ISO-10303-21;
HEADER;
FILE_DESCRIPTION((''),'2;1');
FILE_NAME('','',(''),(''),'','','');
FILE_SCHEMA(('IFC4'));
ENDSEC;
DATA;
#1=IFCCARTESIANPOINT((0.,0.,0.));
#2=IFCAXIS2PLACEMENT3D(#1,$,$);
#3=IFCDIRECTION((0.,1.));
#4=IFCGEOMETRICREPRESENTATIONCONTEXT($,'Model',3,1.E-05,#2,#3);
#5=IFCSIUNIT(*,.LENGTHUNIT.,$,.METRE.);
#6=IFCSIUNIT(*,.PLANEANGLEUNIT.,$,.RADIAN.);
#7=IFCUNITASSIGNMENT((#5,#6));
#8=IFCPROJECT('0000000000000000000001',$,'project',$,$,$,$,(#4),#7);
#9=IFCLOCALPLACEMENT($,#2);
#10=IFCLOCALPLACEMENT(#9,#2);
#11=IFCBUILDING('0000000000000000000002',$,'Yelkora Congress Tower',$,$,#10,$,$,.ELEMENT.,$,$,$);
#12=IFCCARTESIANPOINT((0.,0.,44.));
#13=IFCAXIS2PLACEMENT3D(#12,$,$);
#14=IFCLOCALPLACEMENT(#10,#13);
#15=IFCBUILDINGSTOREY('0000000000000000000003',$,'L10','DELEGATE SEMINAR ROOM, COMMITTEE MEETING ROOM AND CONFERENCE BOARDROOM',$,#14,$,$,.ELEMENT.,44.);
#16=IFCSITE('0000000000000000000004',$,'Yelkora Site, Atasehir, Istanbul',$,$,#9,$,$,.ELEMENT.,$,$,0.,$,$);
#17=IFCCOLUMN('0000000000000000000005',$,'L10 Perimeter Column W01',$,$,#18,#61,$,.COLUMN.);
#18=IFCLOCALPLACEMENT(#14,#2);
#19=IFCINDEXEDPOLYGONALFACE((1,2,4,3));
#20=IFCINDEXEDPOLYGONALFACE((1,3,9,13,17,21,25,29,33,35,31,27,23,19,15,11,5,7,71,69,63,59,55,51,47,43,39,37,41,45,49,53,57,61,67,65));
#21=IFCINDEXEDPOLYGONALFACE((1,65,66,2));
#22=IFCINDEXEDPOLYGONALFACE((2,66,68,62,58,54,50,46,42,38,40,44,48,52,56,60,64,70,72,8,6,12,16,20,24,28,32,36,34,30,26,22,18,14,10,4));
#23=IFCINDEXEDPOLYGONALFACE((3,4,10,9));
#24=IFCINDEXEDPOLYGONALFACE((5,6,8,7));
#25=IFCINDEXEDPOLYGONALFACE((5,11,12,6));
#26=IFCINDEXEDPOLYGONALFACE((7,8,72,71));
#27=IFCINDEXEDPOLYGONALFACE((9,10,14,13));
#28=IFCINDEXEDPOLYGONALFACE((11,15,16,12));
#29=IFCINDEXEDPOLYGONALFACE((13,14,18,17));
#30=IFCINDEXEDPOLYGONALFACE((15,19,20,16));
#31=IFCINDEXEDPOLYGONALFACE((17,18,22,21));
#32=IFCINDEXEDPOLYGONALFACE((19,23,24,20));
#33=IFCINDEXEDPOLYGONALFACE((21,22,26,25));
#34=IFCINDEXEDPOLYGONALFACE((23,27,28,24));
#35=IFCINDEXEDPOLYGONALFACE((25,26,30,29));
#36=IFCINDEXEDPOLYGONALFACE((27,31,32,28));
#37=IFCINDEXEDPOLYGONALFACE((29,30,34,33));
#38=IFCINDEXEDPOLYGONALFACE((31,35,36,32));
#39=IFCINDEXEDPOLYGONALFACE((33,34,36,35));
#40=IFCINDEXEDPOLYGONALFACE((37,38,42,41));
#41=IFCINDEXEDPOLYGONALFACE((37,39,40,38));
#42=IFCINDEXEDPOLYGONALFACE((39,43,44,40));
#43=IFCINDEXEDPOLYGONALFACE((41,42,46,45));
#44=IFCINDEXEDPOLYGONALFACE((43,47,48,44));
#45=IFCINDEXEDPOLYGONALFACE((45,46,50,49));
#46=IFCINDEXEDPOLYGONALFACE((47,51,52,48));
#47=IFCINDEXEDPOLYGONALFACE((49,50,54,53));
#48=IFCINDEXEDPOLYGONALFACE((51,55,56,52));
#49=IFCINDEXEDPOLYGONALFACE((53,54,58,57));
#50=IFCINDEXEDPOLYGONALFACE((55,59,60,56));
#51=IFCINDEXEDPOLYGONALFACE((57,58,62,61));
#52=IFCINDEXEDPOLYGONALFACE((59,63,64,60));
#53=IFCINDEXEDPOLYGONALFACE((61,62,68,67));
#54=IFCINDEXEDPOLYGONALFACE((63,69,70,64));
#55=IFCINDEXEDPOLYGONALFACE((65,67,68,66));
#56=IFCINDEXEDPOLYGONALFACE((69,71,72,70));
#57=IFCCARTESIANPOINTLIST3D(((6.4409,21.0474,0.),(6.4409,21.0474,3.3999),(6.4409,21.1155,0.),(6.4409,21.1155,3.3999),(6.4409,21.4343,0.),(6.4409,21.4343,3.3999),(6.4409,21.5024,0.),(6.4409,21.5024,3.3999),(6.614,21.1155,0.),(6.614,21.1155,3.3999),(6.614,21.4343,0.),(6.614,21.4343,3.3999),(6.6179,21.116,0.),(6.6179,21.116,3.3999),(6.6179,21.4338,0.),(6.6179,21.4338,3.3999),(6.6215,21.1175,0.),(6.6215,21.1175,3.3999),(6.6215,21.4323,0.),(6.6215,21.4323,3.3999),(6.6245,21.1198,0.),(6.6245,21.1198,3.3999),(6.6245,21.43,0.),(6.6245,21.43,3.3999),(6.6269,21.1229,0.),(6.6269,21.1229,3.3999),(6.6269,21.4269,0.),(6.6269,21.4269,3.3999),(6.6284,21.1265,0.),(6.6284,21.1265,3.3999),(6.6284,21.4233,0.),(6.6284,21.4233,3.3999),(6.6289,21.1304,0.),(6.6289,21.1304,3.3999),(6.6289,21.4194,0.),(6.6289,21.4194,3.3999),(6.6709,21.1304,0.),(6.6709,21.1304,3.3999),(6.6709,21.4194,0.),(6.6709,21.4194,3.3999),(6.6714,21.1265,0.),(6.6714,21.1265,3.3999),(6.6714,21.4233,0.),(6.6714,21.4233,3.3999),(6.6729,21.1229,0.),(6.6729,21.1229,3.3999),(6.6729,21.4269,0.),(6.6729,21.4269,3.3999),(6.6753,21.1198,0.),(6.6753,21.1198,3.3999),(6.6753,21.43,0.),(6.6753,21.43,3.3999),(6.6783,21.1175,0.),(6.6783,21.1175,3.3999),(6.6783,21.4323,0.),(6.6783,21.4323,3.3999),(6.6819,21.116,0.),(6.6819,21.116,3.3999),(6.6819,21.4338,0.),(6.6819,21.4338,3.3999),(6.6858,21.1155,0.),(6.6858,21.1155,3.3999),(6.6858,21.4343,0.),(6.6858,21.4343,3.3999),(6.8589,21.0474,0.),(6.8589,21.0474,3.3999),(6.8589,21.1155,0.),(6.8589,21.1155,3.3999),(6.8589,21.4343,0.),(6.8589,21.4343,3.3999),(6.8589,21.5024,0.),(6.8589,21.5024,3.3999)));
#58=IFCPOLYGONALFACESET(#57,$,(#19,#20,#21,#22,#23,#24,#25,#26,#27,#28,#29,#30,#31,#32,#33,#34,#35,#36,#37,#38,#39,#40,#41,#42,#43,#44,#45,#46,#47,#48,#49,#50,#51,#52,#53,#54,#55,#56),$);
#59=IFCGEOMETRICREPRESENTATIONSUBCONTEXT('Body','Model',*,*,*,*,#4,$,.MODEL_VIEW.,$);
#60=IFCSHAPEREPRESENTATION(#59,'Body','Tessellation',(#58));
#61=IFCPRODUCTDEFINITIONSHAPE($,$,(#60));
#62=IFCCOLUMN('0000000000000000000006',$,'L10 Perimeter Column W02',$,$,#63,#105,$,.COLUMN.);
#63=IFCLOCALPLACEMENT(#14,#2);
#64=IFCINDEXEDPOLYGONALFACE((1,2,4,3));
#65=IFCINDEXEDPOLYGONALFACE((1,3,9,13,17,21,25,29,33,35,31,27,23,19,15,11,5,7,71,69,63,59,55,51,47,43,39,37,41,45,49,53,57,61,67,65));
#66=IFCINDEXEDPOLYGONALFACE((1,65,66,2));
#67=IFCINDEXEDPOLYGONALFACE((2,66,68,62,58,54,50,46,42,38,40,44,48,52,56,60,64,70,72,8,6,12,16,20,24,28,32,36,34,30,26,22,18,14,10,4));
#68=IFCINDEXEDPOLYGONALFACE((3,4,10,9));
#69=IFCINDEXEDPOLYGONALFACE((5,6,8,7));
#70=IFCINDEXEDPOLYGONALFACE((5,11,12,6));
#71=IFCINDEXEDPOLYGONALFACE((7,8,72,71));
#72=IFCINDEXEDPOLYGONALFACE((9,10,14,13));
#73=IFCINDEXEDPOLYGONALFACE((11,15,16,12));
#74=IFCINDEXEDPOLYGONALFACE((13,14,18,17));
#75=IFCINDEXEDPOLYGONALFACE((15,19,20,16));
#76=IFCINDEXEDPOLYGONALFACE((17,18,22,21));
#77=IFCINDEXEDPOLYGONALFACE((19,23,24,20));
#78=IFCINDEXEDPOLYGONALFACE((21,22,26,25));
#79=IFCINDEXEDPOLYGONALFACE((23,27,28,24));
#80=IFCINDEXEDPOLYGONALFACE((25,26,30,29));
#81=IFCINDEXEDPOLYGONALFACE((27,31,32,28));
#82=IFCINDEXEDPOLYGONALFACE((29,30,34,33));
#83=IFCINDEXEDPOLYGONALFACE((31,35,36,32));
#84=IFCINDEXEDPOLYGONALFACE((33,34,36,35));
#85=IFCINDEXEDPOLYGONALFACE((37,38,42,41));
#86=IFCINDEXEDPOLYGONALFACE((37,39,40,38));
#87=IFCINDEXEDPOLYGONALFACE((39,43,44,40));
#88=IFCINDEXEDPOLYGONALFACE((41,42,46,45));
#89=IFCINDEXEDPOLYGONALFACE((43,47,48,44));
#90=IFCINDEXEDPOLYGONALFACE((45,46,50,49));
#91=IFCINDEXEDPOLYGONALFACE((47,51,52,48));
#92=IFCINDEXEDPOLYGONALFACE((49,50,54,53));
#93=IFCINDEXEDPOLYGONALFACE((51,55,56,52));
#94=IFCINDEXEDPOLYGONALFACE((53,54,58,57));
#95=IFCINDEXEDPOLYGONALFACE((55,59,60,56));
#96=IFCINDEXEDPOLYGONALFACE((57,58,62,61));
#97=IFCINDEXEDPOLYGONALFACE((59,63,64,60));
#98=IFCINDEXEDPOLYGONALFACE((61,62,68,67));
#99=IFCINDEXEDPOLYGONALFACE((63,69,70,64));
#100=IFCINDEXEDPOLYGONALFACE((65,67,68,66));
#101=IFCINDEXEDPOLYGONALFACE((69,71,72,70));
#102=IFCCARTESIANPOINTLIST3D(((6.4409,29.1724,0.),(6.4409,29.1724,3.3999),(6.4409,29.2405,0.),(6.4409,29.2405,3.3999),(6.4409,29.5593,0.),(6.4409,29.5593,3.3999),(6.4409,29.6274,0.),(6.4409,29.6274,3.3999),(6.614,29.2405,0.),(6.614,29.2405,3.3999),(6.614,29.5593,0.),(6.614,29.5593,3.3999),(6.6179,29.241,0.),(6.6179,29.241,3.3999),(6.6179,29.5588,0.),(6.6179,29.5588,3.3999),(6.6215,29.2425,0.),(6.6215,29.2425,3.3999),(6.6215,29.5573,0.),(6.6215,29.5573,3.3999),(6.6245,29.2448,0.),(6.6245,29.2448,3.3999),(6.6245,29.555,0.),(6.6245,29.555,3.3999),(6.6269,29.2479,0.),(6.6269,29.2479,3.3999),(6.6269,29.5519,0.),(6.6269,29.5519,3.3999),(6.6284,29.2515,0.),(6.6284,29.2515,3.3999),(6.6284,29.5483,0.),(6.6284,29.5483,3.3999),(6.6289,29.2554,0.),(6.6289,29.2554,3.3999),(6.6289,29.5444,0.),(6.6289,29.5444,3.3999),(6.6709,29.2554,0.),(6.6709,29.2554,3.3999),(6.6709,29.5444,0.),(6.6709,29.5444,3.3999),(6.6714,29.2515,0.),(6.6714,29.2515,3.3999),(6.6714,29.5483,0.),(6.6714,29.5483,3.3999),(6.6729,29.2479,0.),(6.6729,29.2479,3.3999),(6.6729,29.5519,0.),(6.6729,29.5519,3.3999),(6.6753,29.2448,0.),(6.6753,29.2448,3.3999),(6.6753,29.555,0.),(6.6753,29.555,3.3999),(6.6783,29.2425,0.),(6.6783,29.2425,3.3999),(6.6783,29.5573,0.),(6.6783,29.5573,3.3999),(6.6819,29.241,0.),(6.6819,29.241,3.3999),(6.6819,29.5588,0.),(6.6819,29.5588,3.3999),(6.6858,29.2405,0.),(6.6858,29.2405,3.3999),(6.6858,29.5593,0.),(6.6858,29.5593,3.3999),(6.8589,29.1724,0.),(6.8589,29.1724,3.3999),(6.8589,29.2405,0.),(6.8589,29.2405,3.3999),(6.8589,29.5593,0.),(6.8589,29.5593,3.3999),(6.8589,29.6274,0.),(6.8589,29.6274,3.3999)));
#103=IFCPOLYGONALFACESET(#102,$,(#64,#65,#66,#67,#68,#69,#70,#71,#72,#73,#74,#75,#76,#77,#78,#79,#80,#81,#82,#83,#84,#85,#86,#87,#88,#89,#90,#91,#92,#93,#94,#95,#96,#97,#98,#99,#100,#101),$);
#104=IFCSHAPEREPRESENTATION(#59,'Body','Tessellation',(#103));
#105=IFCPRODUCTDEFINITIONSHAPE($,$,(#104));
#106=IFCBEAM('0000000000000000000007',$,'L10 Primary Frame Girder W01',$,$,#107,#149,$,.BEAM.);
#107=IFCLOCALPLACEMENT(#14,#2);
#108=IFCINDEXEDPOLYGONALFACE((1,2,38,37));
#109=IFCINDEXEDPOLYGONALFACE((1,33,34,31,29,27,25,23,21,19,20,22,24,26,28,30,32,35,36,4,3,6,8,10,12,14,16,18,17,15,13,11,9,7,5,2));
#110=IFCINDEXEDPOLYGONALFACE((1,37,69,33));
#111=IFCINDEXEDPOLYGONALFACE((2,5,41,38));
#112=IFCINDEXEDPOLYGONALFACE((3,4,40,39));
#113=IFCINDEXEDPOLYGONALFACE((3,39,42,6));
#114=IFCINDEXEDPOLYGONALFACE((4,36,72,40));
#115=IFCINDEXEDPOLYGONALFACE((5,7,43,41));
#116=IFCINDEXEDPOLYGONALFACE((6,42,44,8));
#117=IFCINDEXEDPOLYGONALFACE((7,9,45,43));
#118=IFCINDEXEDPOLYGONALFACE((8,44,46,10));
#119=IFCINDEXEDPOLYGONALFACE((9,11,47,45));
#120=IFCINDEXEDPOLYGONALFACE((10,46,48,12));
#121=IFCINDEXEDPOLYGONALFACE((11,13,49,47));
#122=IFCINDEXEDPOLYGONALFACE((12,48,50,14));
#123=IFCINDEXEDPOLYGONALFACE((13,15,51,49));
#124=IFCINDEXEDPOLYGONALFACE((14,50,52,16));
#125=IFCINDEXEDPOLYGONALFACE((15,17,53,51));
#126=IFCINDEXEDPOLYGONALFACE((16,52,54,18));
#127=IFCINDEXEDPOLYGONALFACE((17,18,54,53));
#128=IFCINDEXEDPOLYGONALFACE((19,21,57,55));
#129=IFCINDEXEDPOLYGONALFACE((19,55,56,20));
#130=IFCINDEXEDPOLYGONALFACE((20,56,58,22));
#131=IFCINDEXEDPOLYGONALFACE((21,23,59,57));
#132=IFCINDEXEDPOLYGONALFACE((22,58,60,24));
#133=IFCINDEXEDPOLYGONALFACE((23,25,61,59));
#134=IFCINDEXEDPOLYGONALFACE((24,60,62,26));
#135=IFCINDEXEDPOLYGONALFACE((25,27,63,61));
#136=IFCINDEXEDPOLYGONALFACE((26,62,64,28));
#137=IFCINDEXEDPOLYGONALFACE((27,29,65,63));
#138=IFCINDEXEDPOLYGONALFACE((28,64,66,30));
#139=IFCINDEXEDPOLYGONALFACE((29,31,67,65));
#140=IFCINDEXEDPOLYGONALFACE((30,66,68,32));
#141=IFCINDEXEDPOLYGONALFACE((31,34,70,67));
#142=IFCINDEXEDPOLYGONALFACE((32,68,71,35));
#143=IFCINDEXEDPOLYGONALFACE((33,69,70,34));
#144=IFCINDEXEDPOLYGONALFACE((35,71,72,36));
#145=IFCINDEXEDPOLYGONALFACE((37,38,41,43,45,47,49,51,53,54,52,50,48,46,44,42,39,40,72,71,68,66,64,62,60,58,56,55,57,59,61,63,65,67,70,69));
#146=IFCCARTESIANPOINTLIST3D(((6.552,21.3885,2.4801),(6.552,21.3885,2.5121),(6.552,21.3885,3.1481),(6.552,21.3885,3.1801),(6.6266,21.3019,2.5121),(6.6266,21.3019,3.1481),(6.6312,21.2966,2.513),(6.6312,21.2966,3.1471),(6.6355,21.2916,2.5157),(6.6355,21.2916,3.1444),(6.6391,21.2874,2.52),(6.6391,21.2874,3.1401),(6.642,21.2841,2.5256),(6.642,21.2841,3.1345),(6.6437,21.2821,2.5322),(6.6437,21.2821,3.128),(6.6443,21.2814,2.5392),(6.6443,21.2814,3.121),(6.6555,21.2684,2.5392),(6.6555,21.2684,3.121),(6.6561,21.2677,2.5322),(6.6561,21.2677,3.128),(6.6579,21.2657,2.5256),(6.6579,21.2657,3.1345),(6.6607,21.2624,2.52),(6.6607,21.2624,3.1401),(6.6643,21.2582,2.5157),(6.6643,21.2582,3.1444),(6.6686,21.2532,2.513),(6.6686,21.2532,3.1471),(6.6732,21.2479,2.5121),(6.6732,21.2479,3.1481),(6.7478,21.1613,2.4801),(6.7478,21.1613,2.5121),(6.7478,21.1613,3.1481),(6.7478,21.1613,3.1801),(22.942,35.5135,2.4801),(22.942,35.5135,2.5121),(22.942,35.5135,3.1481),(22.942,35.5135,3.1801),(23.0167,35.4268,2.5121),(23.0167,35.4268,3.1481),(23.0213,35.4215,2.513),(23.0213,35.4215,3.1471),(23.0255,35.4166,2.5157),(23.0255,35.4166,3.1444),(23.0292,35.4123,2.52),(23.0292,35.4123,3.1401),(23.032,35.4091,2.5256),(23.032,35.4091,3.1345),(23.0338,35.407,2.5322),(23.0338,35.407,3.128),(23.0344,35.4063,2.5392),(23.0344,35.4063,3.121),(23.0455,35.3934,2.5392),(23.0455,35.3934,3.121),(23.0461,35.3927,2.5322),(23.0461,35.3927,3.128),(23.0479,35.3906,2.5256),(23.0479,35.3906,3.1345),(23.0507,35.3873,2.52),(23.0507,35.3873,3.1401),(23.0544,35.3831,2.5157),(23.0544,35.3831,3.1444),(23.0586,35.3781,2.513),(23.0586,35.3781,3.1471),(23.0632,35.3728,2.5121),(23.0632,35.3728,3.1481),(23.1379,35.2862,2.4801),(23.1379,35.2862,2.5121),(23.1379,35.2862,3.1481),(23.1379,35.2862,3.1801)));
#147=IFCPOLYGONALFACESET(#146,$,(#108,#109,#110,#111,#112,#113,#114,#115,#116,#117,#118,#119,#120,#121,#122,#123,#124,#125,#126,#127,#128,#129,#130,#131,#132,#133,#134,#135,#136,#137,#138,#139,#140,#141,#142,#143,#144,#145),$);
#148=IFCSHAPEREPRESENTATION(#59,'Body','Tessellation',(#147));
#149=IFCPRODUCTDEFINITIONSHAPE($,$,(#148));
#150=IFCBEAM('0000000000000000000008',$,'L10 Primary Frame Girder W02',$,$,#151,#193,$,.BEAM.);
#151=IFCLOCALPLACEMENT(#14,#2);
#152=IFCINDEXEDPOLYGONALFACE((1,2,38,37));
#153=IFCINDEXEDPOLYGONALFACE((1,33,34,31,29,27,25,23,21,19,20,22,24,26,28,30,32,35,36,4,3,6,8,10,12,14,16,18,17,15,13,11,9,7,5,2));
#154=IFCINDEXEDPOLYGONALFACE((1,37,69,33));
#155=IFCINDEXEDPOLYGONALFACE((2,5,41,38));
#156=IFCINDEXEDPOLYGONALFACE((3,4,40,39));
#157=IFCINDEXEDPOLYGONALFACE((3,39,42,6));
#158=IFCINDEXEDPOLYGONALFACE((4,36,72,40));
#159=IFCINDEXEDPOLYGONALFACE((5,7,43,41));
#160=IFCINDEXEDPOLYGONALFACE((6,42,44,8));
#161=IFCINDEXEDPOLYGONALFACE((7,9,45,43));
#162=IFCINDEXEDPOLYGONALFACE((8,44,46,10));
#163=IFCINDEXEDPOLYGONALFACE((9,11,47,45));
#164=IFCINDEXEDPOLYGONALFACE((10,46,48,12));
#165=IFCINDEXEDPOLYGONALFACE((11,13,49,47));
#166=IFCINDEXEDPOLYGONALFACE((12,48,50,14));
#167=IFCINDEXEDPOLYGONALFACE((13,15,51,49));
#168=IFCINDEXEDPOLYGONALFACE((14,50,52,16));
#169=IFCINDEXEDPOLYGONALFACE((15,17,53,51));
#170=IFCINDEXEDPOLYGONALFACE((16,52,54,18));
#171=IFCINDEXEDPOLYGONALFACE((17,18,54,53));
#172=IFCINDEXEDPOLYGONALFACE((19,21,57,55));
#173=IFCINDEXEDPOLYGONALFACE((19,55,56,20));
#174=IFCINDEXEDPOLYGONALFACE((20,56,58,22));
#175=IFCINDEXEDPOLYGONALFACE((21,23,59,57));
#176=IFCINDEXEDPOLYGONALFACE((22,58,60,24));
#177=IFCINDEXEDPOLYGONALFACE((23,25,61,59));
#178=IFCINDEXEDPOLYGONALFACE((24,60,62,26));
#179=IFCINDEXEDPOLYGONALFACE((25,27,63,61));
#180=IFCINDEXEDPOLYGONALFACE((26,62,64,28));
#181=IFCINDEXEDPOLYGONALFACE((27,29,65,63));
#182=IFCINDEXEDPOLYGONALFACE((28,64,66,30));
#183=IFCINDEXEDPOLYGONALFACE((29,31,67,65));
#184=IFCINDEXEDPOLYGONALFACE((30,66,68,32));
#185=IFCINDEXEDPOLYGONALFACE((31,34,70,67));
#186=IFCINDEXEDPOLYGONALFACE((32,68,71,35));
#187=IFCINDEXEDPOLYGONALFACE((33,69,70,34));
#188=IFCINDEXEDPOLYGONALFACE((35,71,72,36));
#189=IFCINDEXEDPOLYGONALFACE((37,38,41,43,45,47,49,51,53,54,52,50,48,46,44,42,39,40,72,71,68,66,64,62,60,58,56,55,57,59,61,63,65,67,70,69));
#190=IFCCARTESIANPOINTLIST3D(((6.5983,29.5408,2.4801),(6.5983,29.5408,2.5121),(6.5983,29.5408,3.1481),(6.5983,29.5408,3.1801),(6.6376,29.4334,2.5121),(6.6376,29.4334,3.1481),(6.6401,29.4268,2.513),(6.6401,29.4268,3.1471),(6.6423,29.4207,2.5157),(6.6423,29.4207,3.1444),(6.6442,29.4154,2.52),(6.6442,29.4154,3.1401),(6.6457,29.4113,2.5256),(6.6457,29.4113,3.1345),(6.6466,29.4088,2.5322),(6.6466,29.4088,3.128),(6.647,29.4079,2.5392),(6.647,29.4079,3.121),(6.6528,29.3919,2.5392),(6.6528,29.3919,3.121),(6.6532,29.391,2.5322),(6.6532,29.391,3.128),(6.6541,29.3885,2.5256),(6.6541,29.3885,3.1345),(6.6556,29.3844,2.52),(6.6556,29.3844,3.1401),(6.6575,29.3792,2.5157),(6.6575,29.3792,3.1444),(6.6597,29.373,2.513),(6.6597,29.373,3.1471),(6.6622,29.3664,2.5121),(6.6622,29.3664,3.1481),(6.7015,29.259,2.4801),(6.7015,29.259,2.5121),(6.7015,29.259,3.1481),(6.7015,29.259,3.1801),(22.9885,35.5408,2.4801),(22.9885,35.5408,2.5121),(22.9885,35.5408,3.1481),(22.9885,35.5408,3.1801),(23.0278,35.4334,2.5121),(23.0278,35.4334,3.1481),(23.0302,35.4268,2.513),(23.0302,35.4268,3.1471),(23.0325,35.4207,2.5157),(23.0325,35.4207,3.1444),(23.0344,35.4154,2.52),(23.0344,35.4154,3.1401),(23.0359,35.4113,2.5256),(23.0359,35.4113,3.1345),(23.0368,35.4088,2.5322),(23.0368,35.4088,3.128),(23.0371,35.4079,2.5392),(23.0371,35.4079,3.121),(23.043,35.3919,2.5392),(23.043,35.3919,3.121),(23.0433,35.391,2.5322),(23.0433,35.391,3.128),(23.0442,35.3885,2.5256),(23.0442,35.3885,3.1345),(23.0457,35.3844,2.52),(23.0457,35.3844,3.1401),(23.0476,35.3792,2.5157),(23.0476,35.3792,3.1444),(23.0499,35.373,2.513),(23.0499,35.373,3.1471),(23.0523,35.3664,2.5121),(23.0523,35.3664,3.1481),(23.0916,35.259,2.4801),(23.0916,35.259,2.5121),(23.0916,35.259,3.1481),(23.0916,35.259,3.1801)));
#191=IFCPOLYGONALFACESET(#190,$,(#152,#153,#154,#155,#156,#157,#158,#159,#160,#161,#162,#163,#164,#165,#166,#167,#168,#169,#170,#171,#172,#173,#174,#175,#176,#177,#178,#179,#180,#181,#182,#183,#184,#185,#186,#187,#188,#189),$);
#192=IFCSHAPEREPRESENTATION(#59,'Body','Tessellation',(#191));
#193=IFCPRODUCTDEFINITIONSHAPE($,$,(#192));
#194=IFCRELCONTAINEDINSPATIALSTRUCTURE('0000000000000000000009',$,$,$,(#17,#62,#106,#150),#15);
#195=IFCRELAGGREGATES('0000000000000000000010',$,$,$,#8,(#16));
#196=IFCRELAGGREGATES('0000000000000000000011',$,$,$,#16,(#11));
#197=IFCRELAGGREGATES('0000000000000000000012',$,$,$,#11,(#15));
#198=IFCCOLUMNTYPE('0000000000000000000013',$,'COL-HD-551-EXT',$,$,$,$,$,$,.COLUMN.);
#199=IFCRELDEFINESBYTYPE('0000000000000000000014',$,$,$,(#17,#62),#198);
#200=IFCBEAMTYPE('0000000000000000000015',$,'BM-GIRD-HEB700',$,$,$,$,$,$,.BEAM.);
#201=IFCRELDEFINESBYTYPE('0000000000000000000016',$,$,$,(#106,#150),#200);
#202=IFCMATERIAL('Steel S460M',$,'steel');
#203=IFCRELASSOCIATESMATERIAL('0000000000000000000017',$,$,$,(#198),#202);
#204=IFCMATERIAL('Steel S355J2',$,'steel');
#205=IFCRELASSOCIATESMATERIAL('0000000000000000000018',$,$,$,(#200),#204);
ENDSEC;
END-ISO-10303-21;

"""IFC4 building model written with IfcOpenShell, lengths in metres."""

from ifc_helpers import new_model, si_unit, direction, frame, origin, origin_2d, place, context, subcontext, project, spatial, i_section, extrude, material, material_profile, profile_set, type_object, element, save


model = new_model("IFC4")

# Units and contexts
model_context = context("Model", 3, precision=1e-05, world=origin(), true_north=direction((0.0, 1.0)))
body_context = subcontext(model_context, "Body", "Model", "MODEL_VIEW")
ifc_project = project(units=[si_unit("LENGTHUNIT", "METRE"), si_unit("PLANEANGLEUNIT", "RADIAN")], contexts=[model_context])

# Site, building, storey
site_placement = place(None, origin())
site = spatial("IfcSite", under=ifc_project, at=site_placement, Name="Yelkora Site, Atasehir, Istanbul", CompositionType="ELEMENT", RefElevation=0.0)
building_placement = place(site_placement, origin())
building = spatial("IfcBuilding", under=site, at=building_placement, Name="Yelkora Congress Tower", CompositionType="ELEMENT")
storey_placement = place(building_placement, frame((0.0, 0.0, 44.0)))
storey = spatial("IfcBuildingStorey", under=building, at=storey_placement, Name="L10", Description="DELEGATE SEMINAR ROOM, COMMITTEE MEETING ROOM AND CONFERENCE BOARDROOM", CompositionType="ELEMENT", Elevation=44.0)

# Columns
ifc_material_1 = material(Name="Steel S460M", Category="steel")
ifc_material_profile_1 = material_profile(ifc_material_1, i_section(OverallWidth=0.418, OverallDepth=0.4551, WebThickness=0.042, FlangeThickness=0.0681, FilletRadius=0.0149, at=origin_2d()), Name="HD 400x551")
ifc_profile_set_1 = profile_set([ifc_material_profile_1], Name="Steel S460M")
column_type = type_object("IfcColumnType", Name="COL-HD-551-EXT", PredefinedType="COLUMN", material=ifc_profile_set_1)
for number, where, z_axis, x_axis, name in (
    (1, (6.6499, 21.2749, 0.0), (0.0, 0.0, 1.0), (1.0, 0.0, 0.0), "L10 Perimeter Column W01"),
    (2, (6.6499, 29.3999, 0.0), (0.0, 0.0, 1.0), (1.0, 0.0, 0.0), "L10 Perimeter Column W02"),
):
    element("IfcColumn", number, at=place(storey_placement, frame(where, z_axis=z_axis, x_axis=x_axis)), inside=storey, type_object=column_type, Name=name, PredefinedType="COLUMN", context=body_context, shape_type="SweptSolid", body=[
        extrude(i_section(OverallWidth=0.418, OverallDepth=0.4551, WebThickness=0.042, FlangeThickness=0.0681, FilletRadius=0.0149, at=origin_2d()), origin(), (0.0, 0.0, 1.0), 3.3999),
    ])

# Beams
ifc_material_2 = material(Name="Steel S355J2", Category="steel")
ifc_material_profile_2 = material_profile(ifc_material_2, i_section(OverallWidth=0.3, OverallDepth=0.7, WebThickness=0.0171, FlangeThickness=0.032, FilletRadius=0.0271, at=origin_2d()), Name="HEB 700")
ifc_profile_set_2 = profile_set([ifc_material_profile_2], Name="Steel S355J2")
beam_type_1 = type_object("IfcBeamType", Name="BM-GIRD-HEB700", PredefinedType="BEAM", material=ifc_profile_set_2)
beam_1_placement = place(storey_placement, frame((6.6499, 21.2749, 2.8301), z_axis=(0.757511, 0.652822, 0.0), x_axis=(-0.652822, 0.757511, 0.0)))
element("IfcBeam", 3, at=beam_1_placement, inside=storey, type_object=beam_type_1, Name="L10 Primary Frame Girder W01", PredefinedType="BEAM", context=body_context, shape_type="SweptSolid", body=[
    extrude(i_section(OverallWidth=0.3, OverallDepth=0.7, WebThickness=0.0171, FlangeThickness=0.032, FilletRadius=0.0271, at=origin_2d()), origin(), (0.0, 0.0, 1.0), 21.6367),
])
beam_2_placement = place(storey_placement, frame((6.6499, 29.3999, 2.8301), z_axis=(0.939056, 0.343764, 0.0), x_axis=(-0.343764, 0.939056, 0.0)))
element("IfcBeam", 4, at=beam_2_placement, inside=storey, type_object=beam_type_1, Name="L10 Primary Frame Girder W02", PredefinedType="BEAM", context=body_context, shape_type="SweptSolid", body=[
    extrude(i_section(OverallWidth=0.3, OverallDepth=0.7, WebThickness=0.0171, FlangeThickness=0.032, FilletRadius=0.0271, at=origin_2d()), origin(), (0.0, 0.0, 1.0), 17.4539),
])

save(model, "model.ifc")
